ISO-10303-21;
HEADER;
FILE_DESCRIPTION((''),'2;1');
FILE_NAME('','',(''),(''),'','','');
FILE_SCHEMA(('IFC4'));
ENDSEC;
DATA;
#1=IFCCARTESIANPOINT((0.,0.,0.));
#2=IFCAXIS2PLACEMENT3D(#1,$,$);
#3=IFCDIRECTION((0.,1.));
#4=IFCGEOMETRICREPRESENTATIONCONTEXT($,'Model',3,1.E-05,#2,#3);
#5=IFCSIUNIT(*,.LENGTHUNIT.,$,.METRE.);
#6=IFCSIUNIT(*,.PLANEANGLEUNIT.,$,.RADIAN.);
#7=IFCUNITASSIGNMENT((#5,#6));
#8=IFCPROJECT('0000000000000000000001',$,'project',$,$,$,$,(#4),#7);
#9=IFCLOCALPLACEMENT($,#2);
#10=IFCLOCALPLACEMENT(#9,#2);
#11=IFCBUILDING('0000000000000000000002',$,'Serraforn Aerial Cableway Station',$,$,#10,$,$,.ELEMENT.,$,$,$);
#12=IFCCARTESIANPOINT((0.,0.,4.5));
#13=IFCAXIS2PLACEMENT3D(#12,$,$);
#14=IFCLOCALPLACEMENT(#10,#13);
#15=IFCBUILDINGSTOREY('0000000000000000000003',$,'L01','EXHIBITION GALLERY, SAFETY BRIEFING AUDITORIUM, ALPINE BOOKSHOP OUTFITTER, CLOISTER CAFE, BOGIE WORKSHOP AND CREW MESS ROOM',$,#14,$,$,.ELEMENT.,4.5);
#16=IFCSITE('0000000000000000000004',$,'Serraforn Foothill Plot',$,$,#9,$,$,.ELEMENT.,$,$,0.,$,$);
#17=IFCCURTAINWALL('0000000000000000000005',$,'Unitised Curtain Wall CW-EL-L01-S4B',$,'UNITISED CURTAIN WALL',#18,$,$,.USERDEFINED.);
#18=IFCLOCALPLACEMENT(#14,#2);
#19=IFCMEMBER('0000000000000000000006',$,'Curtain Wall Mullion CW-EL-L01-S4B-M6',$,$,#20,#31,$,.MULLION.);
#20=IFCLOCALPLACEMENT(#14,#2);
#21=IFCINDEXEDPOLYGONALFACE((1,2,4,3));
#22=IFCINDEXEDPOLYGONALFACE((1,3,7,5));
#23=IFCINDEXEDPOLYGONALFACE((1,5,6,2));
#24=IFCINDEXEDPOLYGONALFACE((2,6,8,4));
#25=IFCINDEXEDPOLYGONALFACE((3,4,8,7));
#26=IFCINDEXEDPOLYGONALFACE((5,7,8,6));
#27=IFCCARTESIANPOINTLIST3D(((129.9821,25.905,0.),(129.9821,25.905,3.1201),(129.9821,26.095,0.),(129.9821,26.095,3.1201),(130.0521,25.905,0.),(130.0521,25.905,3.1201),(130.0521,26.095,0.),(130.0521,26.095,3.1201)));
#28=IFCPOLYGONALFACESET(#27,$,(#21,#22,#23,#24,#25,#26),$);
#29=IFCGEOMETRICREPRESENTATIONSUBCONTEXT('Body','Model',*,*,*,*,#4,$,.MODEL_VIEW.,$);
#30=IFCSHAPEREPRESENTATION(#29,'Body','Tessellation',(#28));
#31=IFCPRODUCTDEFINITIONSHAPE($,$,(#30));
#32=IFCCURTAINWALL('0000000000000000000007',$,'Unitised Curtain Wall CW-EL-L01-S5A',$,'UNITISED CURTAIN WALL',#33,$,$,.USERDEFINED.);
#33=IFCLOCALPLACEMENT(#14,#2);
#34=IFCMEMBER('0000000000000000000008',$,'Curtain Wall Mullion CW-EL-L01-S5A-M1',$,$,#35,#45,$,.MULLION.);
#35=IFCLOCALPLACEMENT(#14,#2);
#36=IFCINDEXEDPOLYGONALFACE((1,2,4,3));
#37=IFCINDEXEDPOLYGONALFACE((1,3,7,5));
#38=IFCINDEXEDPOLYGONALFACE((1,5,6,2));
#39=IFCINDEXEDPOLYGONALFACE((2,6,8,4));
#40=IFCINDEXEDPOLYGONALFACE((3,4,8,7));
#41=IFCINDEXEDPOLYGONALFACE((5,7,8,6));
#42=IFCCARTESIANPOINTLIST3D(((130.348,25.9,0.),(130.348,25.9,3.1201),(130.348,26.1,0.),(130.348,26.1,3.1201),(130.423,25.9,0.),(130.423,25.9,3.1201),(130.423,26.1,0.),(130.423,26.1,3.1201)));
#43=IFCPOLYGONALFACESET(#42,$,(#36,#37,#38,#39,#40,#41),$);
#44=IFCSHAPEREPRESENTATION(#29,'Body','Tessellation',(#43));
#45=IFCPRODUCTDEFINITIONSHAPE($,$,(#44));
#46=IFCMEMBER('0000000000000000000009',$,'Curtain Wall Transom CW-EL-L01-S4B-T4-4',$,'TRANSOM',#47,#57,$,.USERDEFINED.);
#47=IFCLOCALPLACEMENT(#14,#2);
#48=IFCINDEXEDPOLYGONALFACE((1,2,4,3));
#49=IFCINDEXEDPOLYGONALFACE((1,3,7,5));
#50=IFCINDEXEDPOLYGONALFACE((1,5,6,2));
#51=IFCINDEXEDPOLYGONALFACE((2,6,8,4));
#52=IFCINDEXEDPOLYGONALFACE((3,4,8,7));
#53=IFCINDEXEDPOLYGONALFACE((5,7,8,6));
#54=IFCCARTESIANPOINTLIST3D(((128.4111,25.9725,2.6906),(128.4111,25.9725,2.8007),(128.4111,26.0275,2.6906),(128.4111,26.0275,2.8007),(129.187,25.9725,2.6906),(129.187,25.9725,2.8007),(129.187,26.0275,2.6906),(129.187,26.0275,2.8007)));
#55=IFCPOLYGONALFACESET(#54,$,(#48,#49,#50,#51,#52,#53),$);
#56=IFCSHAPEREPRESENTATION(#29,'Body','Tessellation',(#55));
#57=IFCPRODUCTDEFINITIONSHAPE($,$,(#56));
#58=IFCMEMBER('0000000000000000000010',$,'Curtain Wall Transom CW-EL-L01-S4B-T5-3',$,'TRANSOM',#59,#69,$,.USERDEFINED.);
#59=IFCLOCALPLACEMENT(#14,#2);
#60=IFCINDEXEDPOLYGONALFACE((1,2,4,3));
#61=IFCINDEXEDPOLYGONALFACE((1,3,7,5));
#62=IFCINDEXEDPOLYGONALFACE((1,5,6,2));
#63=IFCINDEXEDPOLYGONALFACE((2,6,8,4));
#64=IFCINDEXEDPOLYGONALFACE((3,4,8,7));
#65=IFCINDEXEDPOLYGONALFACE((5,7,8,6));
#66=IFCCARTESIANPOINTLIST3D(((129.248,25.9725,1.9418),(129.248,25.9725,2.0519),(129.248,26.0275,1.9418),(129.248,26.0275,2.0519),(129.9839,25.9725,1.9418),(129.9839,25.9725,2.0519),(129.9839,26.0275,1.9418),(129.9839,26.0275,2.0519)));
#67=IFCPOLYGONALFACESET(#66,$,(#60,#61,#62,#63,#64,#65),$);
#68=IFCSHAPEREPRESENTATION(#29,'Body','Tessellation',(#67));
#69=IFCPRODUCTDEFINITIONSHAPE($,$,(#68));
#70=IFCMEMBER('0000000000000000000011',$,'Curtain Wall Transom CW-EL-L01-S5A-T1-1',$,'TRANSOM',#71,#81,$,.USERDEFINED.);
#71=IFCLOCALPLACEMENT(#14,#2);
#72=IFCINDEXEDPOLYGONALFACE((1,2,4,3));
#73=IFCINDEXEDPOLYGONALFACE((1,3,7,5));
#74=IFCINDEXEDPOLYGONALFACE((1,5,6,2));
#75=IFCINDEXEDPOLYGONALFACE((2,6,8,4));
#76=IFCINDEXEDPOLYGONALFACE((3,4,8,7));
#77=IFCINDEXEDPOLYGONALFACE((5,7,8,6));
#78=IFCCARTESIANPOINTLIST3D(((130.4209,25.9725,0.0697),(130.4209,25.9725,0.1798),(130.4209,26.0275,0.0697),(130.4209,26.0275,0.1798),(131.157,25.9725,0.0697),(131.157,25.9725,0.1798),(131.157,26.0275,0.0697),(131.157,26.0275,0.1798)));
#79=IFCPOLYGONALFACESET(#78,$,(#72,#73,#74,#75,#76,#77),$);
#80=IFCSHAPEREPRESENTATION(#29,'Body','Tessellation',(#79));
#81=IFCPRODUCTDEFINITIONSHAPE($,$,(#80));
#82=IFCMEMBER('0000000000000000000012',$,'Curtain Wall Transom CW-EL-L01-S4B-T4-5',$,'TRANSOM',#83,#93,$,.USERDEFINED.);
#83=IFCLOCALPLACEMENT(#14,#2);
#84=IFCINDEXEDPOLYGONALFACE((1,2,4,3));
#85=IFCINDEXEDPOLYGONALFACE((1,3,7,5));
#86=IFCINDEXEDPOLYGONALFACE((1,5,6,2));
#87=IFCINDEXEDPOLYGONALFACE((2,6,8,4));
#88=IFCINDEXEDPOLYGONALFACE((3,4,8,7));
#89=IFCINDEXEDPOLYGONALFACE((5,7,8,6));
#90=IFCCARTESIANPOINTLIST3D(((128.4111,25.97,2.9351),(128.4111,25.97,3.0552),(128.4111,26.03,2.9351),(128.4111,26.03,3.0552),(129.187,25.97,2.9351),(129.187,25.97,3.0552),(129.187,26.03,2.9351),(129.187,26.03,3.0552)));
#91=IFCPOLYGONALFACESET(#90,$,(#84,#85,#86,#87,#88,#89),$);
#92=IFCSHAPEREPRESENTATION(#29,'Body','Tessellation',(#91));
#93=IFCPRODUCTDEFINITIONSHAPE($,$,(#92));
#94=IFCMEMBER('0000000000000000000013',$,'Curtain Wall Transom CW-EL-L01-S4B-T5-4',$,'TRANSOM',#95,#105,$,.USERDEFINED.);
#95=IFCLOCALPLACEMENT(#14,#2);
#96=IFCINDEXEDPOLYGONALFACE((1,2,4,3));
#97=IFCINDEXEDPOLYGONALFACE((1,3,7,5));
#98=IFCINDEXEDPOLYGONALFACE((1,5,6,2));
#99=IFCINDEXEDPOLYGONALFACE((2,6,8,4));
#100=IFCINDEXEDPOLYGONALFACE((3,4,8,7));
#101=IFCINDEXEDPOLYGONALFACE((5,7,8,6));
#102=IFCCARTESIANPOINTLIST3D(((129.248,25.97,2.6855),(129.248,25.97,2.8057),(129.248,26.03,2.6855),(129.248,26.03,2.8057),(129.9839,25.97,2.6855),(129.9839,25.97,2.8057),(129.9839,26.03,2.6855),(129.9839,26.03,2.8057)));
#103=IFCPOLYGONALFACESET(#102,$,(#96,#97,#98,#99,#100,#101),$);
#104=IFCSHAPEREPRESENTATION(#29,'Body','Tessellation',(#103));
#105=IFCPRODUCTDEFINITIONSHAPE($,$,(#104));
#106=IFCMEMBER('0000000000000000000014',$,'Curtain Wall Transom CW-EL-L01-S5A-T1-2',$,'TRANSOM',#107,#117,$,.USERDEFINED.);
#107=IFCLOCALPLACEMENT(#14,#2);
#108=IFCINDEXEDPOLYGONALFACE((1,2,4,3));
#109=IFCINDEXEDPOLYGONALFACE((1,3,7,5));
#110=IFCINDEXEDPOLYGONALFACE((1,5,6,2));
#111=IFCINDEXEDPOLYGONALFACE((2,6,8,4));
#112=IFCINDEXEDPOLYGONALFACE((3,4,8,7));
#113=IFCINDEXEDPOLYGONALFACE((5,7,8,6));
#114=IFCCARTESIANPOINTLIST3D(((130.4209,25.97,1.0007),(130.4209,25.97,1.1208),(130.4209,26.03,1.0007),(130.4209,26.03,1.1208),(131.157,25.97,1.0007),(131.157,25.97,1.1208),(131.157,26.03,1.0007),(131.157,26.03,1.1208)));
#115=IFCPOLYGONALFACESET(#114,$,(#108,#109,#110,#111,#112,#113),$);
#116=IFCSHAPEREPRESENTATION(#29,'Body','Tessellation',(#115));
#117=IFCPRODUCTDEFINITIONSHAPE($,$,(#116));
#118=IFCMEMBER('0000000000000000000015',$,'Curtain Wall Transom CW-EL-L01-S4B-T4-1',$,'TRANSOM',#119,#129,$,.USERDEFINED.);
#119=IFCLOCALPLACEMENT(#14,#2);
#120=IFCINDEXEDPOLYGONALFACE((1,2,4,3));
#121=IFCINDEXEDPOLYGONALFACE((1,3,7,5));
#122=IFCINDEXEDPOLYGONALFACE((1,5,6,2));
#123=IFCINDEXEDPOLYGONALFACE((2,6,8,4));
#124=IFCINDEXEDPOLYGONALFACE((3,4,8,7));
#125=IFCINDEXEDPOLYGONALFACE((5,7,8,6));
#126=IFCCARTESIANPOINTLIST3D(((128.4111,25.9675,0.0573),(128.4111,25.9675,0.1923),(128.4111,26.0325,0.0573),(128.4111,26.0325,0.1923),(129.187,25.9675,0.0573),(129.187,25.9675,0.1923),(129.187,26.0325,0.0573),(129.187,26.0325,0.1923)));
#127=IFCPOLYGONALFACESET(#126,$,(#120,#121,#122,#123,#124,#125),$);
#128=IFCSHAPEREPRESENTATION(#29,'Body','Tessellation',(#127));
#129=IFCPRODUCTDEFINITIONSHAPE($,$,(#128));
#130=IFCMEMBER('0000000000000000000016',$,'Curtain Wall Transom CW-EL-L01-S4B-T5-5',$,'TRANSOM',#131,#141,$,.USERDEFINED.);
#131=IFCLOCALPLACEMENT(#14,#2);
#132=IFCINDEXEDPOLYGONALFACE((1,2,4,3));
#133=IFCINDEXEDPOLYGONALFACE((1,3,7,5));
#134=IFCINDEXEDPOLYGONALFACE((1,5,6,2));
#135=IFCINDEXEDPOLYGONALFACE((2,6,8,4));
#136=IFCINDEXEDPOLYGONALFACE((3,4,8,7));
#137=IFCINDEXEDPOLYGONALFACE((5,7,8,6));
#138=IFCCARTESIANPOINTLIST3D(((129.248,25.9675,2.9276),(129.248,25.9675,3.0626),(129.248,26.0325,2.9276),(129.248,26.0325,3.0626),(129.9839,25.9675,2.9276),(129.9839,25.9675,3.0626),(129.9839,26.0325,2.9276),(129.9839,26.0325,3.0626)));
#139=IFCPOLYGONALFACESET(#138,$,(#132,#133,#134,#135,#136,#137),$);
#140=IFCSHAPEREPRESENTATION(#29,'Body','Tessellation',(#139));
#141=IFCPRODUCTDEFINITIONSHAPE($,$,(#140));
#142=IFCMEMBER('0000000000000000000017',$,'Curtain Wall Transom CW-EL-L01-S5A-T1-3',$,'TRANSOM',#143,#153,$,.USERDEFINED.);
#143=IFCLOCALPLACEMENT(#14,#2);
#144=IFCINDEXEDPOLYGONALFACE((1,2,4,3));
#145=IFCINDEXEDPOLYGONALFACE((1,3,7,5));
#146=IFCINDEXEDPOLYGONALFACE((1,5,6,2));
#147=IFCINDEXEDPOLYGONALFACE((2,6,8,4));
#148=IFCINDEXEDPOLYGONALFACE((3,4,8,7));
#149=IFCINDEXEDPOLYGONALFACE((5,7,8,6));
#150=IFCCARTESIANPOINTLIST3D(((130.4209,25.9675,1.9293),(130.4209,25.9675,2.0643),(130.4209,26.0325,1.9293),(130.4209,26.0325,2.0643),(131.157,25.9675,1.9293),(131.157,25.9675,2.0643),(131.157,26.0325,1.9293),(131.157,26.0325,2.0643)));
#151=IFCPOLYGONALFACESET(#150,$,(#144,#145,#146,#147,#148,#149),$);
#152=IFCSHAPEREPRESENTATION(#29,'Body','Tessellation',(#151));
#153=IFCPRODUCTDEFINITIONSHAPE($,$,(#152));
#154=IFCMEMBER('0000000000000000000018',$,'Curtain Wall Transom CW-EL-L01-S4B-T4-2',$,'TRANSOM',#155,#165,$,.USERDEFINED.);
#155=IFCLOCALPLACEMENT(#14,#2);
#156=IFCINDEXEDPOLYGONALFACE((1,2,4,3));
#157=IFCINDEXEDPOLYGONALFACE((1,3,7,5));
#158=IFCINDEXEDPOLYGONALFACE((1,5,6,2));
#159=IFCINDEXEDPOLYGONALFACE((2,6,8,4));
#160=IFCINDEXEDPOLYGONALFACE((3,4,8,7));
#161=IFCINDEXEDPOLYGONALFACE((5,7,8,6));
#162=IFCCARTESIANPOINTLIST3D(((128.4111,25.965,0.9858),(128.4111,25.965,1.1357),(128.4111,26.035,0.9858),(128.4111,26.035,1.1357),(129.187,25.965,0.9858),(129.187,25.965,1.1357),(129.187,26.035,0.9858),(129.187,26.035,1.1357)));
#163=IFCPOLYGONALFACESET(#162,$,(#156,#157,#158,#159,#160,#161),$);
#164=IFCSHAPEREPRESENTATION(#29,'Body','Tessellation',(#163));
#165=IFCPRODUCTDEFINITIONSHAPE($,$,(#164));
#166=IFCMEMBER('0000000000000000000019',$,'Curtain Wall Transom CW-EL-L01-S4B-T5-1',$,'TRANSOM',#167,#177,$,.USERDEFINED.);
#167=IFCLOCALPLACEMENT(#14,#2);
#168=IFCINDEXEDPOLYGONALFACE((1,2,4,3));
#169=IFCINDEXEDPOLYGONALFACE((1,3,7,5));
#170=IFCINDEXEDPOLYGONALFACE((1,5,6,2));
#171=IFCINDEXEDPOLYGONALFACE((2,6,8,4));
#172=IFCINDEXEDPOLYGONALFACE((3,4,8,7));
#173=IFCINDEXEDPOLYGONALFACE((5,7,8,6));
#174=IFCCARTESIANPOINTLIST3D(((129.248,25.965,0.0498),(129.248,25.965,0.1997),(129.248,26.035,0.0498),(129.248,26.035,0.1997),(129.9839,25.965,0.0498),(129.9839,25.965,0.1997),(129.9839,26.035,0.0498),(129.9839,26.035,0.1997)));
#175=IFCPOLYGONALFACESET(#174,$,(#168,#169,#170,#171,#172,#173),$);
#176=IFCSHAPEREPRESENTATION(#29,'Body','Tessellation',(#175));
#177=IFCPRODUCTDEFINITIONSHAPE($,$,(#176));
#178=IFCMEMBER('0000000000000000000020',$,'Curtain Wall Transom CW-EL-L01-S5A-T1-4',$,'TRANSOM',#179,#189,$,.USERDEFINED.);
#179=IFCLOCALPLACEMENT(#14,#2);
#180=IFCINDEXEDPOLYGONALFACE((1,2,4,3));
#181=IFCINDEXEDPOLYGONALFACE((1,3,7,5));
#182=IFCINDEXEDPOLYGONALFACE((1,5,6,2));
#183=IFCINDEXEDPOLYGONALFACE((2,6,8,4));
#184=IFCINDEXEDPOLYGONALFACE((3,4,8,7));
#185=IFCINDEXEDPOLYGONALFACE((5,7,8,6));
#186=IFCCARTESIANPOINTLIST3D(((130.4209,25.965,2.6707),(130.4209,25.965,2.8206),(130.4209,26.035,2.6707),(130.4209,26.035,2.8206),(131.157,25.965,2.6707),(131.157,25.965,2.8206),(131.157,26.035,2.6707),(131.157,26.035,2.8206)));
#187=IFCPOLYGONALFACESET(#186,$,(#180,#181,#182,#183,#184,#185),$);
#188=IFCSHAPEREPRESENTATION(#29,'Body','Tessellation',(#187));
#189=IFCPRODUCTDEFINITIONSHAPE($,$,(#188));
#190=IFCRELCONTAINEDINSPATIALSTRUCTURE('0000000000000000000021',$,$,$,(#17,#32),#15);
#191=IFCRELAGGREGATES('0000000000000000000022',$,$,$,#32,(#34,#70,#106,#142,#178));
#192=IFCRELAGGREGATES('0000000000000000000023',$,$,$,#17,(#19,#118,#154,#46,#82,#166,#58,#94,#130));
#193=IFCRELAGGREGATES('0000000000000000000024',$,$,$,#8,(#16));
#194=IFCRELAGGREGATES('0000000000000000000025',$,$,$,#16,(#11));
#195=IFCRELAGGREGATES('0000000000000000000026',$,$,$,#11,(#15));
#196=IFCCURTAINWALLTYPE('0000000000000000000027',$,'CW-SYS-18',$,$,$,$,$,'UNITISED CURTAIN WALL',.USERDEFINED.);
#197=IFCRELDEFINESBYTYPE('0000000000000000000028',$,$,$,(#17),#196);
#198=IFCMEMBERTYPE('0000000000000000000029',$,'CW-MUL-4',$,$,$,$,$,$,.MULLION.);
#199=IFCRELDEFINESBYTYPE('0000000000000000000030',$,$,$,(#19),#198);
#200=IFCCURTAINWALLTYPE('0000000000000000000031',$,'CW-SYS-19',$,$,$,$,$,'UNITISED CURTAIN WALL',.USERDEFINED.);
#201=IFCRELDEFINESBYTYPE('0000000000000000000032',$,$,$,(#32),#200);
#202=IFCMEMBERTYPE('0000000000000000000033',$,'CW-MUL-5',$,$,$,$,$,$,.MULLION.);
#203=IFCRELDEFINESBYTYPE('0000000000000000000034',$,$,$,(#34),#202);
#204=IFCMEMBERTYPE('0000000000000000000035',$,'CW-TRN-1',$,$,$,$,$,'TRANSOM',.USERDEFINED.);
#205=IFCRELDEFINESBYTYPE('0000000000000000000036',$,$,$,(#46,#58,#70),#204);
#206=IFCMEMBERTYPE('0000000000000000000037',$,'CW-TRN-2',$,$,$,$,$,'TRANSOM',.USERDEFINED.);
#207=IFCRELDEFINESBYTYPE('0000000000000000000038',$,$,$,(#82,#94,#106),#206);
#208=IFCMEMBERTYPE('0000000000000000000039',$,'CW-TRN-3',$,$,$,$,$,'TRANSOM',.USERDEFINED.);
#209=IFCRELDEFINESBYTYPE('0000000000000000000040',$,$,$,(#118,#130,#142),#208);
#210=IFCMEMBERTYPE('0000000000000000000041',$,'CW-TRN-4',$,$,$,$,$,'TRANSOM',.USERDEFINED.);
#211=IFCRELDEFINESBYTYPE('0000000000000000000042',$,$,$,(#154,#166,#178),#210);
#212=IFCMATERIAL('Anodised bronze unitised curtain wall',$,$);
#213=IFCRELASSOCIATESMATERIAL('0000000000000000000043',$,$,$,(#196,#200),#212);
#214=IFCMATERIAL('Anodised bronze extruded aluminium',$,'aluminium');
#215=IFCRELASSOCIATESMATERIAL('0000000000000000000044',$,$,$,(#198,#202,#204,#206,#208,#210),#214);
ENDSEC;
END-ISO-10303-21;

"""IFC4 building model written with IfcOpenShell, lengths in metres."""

from ifc_helpers import new_model, si_unit, direction, frame, origin, origin_2d, place, context, subcontext, project, spatial, rectangle, extrude, material, material_profile, profile_set, type_object, element, aggregate, save


model = new_model("IFC4")

# Units and contexts
model_context = context("Model", 3, precision=1e-05, world=origin(), true_north=direction((0.0, 1.0)))
body_context = subcontext(model_context, "Body", "Model", "MODEL_VIEW")
ifc_project = project(units=[si_unit("LENGTHUNIT", "METRE"), si_unit("PLANEANGLEUNIT", "RADIAN")], contexts=[model_context])

# Site, building, storey
site_placement = place(None, origin())
site = spatial("IfcSite", under=ifc_project, at=site_placement, Name="Serraforn Foothill Plot", CompositionType="ELEMENT", RefElevation=0.0)
building_placement = place(site_placement, origin())
building = spatial("IfcBuilding", under=site, at=building_placement, Name="Serraforn Aerial Cableway Station", CompositionType="ELEMENT")
storey_placement = place(building_placement, frame((0.0, 0.0, 4.5)))
storey = spatial("IfcBuildingStorey", under=building, at=storey_placement, Name="L01", Description="EXHIBITION GALLERY, SAFETY BRIEFING AUDITORIUM, ALPINE BOOKSHOP OUTFITTER, CLOISTER CAFE, BOGIE WORKSHOP AND CREW MESS ROOM", CompositionType="ELEMENT", Elevation=4.5)

# Curtain wall, member
ifc_material_1 = material(Name="Anodised bronze unitised curtain wall")
curtain_wall_type_1 = type_object("IfcCurtainWallType", Name="CW-SYS-18", ElementType="UNITISED CURTAIN WALL", PredefinedType="USERDEFINED", material=ifc_material_1)
curtain_wall_1_placement = place(storey_placement, origin())
curtain_wall_1 = element("IfcCurtainWall", 1, at=curtain_wall_1_placement, inside=storey, type_object=curtain_wall_type_1, Name="Unitised Curtain Wall CW-EL-L01-S4B", ObjectType="UNITISED CURTAIN WALL", PredefinedType="USERDEFINED")
ifc_material_2 = material(Name="Anodised bronze extruded aluminium", Category="aluminium")
ifc_material_profile_1 = material_profile(ifc_material_2, rectangle(XDim=0.0701, YDim=0.1899, at=origin_2d()), Name="CW MULLION 70x190")
ifc_profile_set_1 = profile_set([ifc_material_profile_1], Name="Anodised bronze extruded aluminium")
member_type_1 = type_object("IfcMemberType", Name="CW-MUL-4", PredefinedType="MULLION", material=ifc_profile_set_1)
member_1_placement = place(storey_placement, frame((130.0171, 26.0, 0.0), z_axis=(0.0, 0.0, 1.0), x_axis=(1.0, 0.0, 0.0)))
member_1 = element("IfcMember", 2, at=member_1_placement, type_object=member_type_1, Name="Curtain Wall Mullion CW-EL-L01-S4B-M6", PredefinedType="MULLION", context=body_context, shape_type="SweptSolid", body=[
    extrude(rectangle(XDim=0.0701, YDim=0.1899, at=origin_2d()), origin(), (0.0, 0.0, 1.0), 3.1201),
])

# Curtain wall, member
curtain_wall_type_2 = type_object("IfcCurtainWallType", Name="CW-SYS-19", ElementType="UNITISED CURTAIN WALL", PredefinedType="USERDEFINED", material=ifc_material_1)
curtain_wall_2_placement = place(storey_placement, origin())
curtain_wall_2 = element("IfcCurtainWall", 3, at=curtain_wall_2_placement, inside=storey, type_object=curtain_wall_type_2, Name="Unitised Curtain Wall CW-EL-L01-S5A", ObjectType="UNITISED CURTAIN WALL", PredefinedType="USERDEFINED")
ifc_material_profile_2 = material_profile(ifc_material_2, rectangle(XDim=0.075, YDim=0.2, at=origin_2d()), Name="CW MULLION 75x200")
ifc_profile_set_2 = profile_set([ifc_material_profile_2], Name="Anodised bronze extruded aluminium")
member_type_2 = type_object("IfcMemberType", Name="CW-MUL-5", PredefinedType="MULLION", material=ifc_profile_set_2)
member_2_placement = place(storey_placement, frame((130.3855, 26.0, 0.0), z_axis=(0.0, 0.0, 1.0), x_axis=(1.0, 0.0, 0.0)))
member_2 = element("IfcMember", 4, at=member_2_placement, type_object=member_type_2, Name="Curtain Wall Mullion CW-EL-L01-S5A-M1", PredefinedType="MULLION", context=body_context, shape_type="SweptSolid", body=[
    extrude(rectangle(XDim=0.075, YDim=0.2, at=origin_2d()), origin(), (0.0, 0.0, 1.0), 3.1201),
])

# Members
ifc_material_profile_3 = material_profile(ifc_material_2, rectangle(XDim=0.0549, YDim=0.1101, at=origin_2d()), Name="CW TRANSOM 55x110")
ifc_profile_set_3 = profile_set([ifc_material_profile_3], Name="Anodised bronze extruded aluminium")
member_type_3 = type_object("IfcMemberType", Name="CW-TRN-1", ElementType="TRANSOM", PredefinedType="USERDEFINED", material=ifc_profile_set_3)
member_3_placement = place(storey_placement, frame((128.4111, 26.0, 2.7456), z_axis=(1.0, 0.0, 0.0), x_axis=(0.0, 1.0, 0.0)))
member_3 = element("IfcMember", 5, at=member_3_placement, type_object=member_type_3, Name="Curtain Wall Transom CW-EL-L01-S4B-T4-4", ObjectType="TRANSOM", PredefinedType="USERDEFINED", context=body_context, shape_type="SweptSolid", body=[
    extrude(rectangle(XDim=0.0549, YDim=0.1101, at=origin_2d()), origin(), (0.0, 0.0, 1.0), 0.7759),
])
member_4_placement = place(storey_placement, frame((129.248, 26.0, 1.9968), z_axis=(1.0, 0.0, 0.0), x_axis=(0.0, 1.0, 0.0)))
member_4 = element("IfcMember", 6, at=member_4_placement, type_object=member_type_3, Name="Curtain Wall Transom CW-EL-L01-S4B-T5-3", ObjectType="TRANSOM", PredefinedType="USERDEFINED", context=body_context, shape_type="SweptSolid", body=[
    extrude(rectangle(XDim=0.0549, YDim=0.1101, at=origin_2d()), origin(), (0.0, 0.0, 1.0), 0.7358),
])
member_5_placement = place(storey_placement, frame((130.4209, 26.0, 0.1248), z_axis=(1.0, 0.0, 0.0), x_axis=(0.0, 1.0, 0.0)))
member_5 = element("IfcMember", 7, at=member_5_placement, type_object=member_type_3, Name="Curtain Wall Transom CW-EL-L01-S5A-T1-1", ObjectType="TRANSOM", PredefinedType="USERDEFINED", context=body_context, shape_type="SweptSolid", body=[
    extrude(rectangle(XDim=0.0549, YDim=0.1101, at=origin_2d()), origin(), (0.0, 0.0, 1.0), 0.7361),
])
ifc_material_profile_4 = material_profile(ifc_material_2, rectangle(XDim=0.0601, YDim=0.1201, at=origin_2d()), Name="CW TRANSOM 60x120")
ifc_profile_set_4 = profile_set([ifc_material_profile_4], Name="Anodised bronze extruded aluminium")
member_type_4 = type_object("IfcMemberType", Name="CW-TRN-2", ElementType="TRANSOM", PredefinedType="USERDEFINED", material=ifc_profile_set_4)
member_6_placement = place(storey_placement, frame((128.4111, 26.0, 2.9951), z_axis=(1.0, 0.0, 0.0), x_axis=(0.0, 1.0, 0.0)))
member_6 = element("IfcMember", 8, at=member_6_placement, type_object=member_type_4, Name="Curtain Wall Transom CW-EL-L01-S4B-T4-5", ObjectType="TRANSOM", PredefinedType="USERDEFINED", context=body_context, shape_type="SweptSolid", body=[
    extrude(rectangle(XDim=0.0601, YDim=0.1201, at=origin_2d()), origin(), (0.0, 0.0, 1.0), 0.7759),
])
member_7_placement = place(storey_placement, frame((129.248, 26.0, 2.7456), z_axis=(1.0, 0.0, 0.0), x_axis=(0.0, 1.0, 0.0)))
member_7 = element("IfcMember", 9, at=member_7_placement, type_object=member_type_4, Name="Curtain Wall Transom CW-EL-L01-S4B-T5-4", ObjectType="TRANSOM", PredefinedType="USERDEFINED", context=body_context, shape_type="SweptSolid", body=[
    extrude(rectangle(XDim=0.0601, YDim=0.1201, at=origin_2d()), origin(), (0.0, 0.0, 1.0), 0.7358),
])
member_8_placement = place(storey_placement, frame((130.4209, 26.0, 1.0608), z_axis=(1.0, 0.0, 0.0), x_axis=(0.0, 1.0, 0.0)))
member_8 = element("IfcMember", 10, at=member_8_placement, type_object=member_type_4, Name="Curtain Wall Transom CW-EL-L01-S5A-T1-2", ObjectType="TRANSOM", PredefinedType="USERDEFINED", context=body_context, shape_type="SweptSolid", body=[
    extrude(rectangle(XDim=0.0601, YDim=0.1201, at=origin_2d()), origin(), (0.0, 0.0, 1.0), 0.7361),
])
ifc_material_profile_5 = material_profile(ifc_material_2, rectangle(XDim=0.0649, YDim=0.135, at=origin_2d()), Name="CW TRANSOM 65x135")
ifc_profile_set_5 = profile_set([ifc_material_profile_5], Name="Anodised bronze extruded aluminium")
member_type_5 = type_object("IfcMemberType", Name="CW-TRN-3", ElementType="TRANSOM", PredefinedType="USERDEFINED", material=ifc_profile_set_5)
member_9_placement = place(storey_placement, frame((128.4111, 26.0, 0.1248), z_axis=(1.0, 0.0, 0.0), x_axis=(0.0, 1.0, 0.0)))
member_9 = element("IfcMember", 11, at=member_9_placement, type_object=member_type_5, Name="Curtain Wall Transom CW-EL-L01-S4B-T4-1", ObjectType="TRANSOM", PredefinedType="USERDEFINED", context=body_context, shape_type="SweptSolid", body=[
    extrude(rectangle(XDim=0.0649, YDim=0.135, at=origin_2d()), origin(), (0.0, 0.0, 1.0), 0.7759),
])
member_10_placement = place(storey_placement, frame((129.248, 26.0, 2.9951), z_axis=(1.0, 0.0, 0.0), x_axis=(0.0, 1.0, 0.0)))
member_10 = element("IfcMember", 12, at=member_10_placement, type_object=member_type_5, Name="Curtain Wall Transom CW-EL-L01-S4B-T5-5", ObjectType="TRANSOM", PredefinedType="USERDEFINED", context=body_context, shape_type="SweptSolid", body=[
    extrude(rectangle(XDim=0.0649, YDim=0.135, at=origin_2d()), origin(), (0.0, 0.0, 1.0), 0.7358),
])
member_11_placement = place(storey_placement, frame((130.4209, 26.0, 1.9968), z_axis=(1.0, 0.0, 0.0), x_axis=(0.0, 1.0, 0.0)))
member_11 = element("IfcMember", 13, at=member_11_placement, type_object=member_type_5, Name="Curtain Wall Transom CW-EL-L01-S5A-T1-3", ObjectType="TRANSOM", PredefinedType="USERDEFINED", context=body_context, shape_type="SweptSolid", body=[
    extrude(rectangle(XDim=0.0649, YDim=0.135, at=origin_2d()), origin(), (0.0, 0.0, 1.0), 0.7361),
])
ifc_material_profile_6 = material_profile(ifc_material_2, rectangle(XDim=0.0701, YDim=0.1499, at=origin_2d()), Name="CW TRANSOM 70x150")
ifc_profile_set_6 = profile_set([ifc_material_profile_6], Name="Anodised bronze extruded aluminium")
member_type_6 = type_object("IfcMemberType", Name="CW-TRN-4", ElementType="TRANSOM", PredefinedType="USERDEFINED", material=ifc_profile_set_6)
member_12_placement = place(storey_placement, frame((128.4111, 26.0, 1.0608), z_axis=(1.0, 0.0, 0.0), x_axis=(0.0, 1.0, 0.0)))
member_12 = element("IfcMember", 14, at=member_12_placement, type_object=member_type_6, Name="Curtain Wall Transom CW-EL-L01-S4B-T4-2", ObjectType="TRANSOM", PredefinedType="USERDEFINED", context=body_context, shape_type="SweptSolid", body=[
    extrude(rectangle(XDim=0.0701, YDim=0.1499, at=origin_2d()), origin(), (0.0, 0.0, 1.0), 0.7759),
])
member_13_placement = place(storey_placement, frame((129.248, 26.0, 0.1248), z_axis=(1.0, 0.0, 0.0), x_axis=(0.0, 1.0, 0.0)))
member_13 = element("IfcMember", 15, at=member_13_placement, type_object=member_type_6, Name="Curtain Wall Transom CW-EL-L01-S4B-T5-1", ObjectType="TRANSOM", PredefinedType="USERDEFINED", context=body_context, shape_type="SweptSolid", body=[
    extrude(rectangle(XDim=0.0701, YDim=0.1499, at=origin_2d()), origin(), (0.0, 0.0, 1.0), 0.7358),
])
member_14_placement = place(storey_placement, frame((130.4209, 26.0, 2.7456), z_axis=(1.0, 0.0, 0.0), x_axis=(0.0, 1.0, 0.0)))
member_14 = element("IfcMember", 16, at=member_14_placement, type_object=member_type_6, Name="Curtain Wall Transom CW-EL-L01-S5A-T1-4", ObjectType="TRANSOM", PredefinedType="USERDEFINED", context=body_context, shape_type="SweptSolid", body=[
    extrude(rectangle(XDim=0.0701, YDim=0.1499, at=origin_2d()), origin(), (0.0, 0.0, 1.0), 0.7361),
])
aggregate(curtain_wall_2, [member_2, member_5, member_8, member_11, member_14])

aggregate(curtain_wall_1, [member_1, member_9, member_12, member_3, member_6, member_13, member_4, member_7, member_10])

save(model, "model.ifc")
